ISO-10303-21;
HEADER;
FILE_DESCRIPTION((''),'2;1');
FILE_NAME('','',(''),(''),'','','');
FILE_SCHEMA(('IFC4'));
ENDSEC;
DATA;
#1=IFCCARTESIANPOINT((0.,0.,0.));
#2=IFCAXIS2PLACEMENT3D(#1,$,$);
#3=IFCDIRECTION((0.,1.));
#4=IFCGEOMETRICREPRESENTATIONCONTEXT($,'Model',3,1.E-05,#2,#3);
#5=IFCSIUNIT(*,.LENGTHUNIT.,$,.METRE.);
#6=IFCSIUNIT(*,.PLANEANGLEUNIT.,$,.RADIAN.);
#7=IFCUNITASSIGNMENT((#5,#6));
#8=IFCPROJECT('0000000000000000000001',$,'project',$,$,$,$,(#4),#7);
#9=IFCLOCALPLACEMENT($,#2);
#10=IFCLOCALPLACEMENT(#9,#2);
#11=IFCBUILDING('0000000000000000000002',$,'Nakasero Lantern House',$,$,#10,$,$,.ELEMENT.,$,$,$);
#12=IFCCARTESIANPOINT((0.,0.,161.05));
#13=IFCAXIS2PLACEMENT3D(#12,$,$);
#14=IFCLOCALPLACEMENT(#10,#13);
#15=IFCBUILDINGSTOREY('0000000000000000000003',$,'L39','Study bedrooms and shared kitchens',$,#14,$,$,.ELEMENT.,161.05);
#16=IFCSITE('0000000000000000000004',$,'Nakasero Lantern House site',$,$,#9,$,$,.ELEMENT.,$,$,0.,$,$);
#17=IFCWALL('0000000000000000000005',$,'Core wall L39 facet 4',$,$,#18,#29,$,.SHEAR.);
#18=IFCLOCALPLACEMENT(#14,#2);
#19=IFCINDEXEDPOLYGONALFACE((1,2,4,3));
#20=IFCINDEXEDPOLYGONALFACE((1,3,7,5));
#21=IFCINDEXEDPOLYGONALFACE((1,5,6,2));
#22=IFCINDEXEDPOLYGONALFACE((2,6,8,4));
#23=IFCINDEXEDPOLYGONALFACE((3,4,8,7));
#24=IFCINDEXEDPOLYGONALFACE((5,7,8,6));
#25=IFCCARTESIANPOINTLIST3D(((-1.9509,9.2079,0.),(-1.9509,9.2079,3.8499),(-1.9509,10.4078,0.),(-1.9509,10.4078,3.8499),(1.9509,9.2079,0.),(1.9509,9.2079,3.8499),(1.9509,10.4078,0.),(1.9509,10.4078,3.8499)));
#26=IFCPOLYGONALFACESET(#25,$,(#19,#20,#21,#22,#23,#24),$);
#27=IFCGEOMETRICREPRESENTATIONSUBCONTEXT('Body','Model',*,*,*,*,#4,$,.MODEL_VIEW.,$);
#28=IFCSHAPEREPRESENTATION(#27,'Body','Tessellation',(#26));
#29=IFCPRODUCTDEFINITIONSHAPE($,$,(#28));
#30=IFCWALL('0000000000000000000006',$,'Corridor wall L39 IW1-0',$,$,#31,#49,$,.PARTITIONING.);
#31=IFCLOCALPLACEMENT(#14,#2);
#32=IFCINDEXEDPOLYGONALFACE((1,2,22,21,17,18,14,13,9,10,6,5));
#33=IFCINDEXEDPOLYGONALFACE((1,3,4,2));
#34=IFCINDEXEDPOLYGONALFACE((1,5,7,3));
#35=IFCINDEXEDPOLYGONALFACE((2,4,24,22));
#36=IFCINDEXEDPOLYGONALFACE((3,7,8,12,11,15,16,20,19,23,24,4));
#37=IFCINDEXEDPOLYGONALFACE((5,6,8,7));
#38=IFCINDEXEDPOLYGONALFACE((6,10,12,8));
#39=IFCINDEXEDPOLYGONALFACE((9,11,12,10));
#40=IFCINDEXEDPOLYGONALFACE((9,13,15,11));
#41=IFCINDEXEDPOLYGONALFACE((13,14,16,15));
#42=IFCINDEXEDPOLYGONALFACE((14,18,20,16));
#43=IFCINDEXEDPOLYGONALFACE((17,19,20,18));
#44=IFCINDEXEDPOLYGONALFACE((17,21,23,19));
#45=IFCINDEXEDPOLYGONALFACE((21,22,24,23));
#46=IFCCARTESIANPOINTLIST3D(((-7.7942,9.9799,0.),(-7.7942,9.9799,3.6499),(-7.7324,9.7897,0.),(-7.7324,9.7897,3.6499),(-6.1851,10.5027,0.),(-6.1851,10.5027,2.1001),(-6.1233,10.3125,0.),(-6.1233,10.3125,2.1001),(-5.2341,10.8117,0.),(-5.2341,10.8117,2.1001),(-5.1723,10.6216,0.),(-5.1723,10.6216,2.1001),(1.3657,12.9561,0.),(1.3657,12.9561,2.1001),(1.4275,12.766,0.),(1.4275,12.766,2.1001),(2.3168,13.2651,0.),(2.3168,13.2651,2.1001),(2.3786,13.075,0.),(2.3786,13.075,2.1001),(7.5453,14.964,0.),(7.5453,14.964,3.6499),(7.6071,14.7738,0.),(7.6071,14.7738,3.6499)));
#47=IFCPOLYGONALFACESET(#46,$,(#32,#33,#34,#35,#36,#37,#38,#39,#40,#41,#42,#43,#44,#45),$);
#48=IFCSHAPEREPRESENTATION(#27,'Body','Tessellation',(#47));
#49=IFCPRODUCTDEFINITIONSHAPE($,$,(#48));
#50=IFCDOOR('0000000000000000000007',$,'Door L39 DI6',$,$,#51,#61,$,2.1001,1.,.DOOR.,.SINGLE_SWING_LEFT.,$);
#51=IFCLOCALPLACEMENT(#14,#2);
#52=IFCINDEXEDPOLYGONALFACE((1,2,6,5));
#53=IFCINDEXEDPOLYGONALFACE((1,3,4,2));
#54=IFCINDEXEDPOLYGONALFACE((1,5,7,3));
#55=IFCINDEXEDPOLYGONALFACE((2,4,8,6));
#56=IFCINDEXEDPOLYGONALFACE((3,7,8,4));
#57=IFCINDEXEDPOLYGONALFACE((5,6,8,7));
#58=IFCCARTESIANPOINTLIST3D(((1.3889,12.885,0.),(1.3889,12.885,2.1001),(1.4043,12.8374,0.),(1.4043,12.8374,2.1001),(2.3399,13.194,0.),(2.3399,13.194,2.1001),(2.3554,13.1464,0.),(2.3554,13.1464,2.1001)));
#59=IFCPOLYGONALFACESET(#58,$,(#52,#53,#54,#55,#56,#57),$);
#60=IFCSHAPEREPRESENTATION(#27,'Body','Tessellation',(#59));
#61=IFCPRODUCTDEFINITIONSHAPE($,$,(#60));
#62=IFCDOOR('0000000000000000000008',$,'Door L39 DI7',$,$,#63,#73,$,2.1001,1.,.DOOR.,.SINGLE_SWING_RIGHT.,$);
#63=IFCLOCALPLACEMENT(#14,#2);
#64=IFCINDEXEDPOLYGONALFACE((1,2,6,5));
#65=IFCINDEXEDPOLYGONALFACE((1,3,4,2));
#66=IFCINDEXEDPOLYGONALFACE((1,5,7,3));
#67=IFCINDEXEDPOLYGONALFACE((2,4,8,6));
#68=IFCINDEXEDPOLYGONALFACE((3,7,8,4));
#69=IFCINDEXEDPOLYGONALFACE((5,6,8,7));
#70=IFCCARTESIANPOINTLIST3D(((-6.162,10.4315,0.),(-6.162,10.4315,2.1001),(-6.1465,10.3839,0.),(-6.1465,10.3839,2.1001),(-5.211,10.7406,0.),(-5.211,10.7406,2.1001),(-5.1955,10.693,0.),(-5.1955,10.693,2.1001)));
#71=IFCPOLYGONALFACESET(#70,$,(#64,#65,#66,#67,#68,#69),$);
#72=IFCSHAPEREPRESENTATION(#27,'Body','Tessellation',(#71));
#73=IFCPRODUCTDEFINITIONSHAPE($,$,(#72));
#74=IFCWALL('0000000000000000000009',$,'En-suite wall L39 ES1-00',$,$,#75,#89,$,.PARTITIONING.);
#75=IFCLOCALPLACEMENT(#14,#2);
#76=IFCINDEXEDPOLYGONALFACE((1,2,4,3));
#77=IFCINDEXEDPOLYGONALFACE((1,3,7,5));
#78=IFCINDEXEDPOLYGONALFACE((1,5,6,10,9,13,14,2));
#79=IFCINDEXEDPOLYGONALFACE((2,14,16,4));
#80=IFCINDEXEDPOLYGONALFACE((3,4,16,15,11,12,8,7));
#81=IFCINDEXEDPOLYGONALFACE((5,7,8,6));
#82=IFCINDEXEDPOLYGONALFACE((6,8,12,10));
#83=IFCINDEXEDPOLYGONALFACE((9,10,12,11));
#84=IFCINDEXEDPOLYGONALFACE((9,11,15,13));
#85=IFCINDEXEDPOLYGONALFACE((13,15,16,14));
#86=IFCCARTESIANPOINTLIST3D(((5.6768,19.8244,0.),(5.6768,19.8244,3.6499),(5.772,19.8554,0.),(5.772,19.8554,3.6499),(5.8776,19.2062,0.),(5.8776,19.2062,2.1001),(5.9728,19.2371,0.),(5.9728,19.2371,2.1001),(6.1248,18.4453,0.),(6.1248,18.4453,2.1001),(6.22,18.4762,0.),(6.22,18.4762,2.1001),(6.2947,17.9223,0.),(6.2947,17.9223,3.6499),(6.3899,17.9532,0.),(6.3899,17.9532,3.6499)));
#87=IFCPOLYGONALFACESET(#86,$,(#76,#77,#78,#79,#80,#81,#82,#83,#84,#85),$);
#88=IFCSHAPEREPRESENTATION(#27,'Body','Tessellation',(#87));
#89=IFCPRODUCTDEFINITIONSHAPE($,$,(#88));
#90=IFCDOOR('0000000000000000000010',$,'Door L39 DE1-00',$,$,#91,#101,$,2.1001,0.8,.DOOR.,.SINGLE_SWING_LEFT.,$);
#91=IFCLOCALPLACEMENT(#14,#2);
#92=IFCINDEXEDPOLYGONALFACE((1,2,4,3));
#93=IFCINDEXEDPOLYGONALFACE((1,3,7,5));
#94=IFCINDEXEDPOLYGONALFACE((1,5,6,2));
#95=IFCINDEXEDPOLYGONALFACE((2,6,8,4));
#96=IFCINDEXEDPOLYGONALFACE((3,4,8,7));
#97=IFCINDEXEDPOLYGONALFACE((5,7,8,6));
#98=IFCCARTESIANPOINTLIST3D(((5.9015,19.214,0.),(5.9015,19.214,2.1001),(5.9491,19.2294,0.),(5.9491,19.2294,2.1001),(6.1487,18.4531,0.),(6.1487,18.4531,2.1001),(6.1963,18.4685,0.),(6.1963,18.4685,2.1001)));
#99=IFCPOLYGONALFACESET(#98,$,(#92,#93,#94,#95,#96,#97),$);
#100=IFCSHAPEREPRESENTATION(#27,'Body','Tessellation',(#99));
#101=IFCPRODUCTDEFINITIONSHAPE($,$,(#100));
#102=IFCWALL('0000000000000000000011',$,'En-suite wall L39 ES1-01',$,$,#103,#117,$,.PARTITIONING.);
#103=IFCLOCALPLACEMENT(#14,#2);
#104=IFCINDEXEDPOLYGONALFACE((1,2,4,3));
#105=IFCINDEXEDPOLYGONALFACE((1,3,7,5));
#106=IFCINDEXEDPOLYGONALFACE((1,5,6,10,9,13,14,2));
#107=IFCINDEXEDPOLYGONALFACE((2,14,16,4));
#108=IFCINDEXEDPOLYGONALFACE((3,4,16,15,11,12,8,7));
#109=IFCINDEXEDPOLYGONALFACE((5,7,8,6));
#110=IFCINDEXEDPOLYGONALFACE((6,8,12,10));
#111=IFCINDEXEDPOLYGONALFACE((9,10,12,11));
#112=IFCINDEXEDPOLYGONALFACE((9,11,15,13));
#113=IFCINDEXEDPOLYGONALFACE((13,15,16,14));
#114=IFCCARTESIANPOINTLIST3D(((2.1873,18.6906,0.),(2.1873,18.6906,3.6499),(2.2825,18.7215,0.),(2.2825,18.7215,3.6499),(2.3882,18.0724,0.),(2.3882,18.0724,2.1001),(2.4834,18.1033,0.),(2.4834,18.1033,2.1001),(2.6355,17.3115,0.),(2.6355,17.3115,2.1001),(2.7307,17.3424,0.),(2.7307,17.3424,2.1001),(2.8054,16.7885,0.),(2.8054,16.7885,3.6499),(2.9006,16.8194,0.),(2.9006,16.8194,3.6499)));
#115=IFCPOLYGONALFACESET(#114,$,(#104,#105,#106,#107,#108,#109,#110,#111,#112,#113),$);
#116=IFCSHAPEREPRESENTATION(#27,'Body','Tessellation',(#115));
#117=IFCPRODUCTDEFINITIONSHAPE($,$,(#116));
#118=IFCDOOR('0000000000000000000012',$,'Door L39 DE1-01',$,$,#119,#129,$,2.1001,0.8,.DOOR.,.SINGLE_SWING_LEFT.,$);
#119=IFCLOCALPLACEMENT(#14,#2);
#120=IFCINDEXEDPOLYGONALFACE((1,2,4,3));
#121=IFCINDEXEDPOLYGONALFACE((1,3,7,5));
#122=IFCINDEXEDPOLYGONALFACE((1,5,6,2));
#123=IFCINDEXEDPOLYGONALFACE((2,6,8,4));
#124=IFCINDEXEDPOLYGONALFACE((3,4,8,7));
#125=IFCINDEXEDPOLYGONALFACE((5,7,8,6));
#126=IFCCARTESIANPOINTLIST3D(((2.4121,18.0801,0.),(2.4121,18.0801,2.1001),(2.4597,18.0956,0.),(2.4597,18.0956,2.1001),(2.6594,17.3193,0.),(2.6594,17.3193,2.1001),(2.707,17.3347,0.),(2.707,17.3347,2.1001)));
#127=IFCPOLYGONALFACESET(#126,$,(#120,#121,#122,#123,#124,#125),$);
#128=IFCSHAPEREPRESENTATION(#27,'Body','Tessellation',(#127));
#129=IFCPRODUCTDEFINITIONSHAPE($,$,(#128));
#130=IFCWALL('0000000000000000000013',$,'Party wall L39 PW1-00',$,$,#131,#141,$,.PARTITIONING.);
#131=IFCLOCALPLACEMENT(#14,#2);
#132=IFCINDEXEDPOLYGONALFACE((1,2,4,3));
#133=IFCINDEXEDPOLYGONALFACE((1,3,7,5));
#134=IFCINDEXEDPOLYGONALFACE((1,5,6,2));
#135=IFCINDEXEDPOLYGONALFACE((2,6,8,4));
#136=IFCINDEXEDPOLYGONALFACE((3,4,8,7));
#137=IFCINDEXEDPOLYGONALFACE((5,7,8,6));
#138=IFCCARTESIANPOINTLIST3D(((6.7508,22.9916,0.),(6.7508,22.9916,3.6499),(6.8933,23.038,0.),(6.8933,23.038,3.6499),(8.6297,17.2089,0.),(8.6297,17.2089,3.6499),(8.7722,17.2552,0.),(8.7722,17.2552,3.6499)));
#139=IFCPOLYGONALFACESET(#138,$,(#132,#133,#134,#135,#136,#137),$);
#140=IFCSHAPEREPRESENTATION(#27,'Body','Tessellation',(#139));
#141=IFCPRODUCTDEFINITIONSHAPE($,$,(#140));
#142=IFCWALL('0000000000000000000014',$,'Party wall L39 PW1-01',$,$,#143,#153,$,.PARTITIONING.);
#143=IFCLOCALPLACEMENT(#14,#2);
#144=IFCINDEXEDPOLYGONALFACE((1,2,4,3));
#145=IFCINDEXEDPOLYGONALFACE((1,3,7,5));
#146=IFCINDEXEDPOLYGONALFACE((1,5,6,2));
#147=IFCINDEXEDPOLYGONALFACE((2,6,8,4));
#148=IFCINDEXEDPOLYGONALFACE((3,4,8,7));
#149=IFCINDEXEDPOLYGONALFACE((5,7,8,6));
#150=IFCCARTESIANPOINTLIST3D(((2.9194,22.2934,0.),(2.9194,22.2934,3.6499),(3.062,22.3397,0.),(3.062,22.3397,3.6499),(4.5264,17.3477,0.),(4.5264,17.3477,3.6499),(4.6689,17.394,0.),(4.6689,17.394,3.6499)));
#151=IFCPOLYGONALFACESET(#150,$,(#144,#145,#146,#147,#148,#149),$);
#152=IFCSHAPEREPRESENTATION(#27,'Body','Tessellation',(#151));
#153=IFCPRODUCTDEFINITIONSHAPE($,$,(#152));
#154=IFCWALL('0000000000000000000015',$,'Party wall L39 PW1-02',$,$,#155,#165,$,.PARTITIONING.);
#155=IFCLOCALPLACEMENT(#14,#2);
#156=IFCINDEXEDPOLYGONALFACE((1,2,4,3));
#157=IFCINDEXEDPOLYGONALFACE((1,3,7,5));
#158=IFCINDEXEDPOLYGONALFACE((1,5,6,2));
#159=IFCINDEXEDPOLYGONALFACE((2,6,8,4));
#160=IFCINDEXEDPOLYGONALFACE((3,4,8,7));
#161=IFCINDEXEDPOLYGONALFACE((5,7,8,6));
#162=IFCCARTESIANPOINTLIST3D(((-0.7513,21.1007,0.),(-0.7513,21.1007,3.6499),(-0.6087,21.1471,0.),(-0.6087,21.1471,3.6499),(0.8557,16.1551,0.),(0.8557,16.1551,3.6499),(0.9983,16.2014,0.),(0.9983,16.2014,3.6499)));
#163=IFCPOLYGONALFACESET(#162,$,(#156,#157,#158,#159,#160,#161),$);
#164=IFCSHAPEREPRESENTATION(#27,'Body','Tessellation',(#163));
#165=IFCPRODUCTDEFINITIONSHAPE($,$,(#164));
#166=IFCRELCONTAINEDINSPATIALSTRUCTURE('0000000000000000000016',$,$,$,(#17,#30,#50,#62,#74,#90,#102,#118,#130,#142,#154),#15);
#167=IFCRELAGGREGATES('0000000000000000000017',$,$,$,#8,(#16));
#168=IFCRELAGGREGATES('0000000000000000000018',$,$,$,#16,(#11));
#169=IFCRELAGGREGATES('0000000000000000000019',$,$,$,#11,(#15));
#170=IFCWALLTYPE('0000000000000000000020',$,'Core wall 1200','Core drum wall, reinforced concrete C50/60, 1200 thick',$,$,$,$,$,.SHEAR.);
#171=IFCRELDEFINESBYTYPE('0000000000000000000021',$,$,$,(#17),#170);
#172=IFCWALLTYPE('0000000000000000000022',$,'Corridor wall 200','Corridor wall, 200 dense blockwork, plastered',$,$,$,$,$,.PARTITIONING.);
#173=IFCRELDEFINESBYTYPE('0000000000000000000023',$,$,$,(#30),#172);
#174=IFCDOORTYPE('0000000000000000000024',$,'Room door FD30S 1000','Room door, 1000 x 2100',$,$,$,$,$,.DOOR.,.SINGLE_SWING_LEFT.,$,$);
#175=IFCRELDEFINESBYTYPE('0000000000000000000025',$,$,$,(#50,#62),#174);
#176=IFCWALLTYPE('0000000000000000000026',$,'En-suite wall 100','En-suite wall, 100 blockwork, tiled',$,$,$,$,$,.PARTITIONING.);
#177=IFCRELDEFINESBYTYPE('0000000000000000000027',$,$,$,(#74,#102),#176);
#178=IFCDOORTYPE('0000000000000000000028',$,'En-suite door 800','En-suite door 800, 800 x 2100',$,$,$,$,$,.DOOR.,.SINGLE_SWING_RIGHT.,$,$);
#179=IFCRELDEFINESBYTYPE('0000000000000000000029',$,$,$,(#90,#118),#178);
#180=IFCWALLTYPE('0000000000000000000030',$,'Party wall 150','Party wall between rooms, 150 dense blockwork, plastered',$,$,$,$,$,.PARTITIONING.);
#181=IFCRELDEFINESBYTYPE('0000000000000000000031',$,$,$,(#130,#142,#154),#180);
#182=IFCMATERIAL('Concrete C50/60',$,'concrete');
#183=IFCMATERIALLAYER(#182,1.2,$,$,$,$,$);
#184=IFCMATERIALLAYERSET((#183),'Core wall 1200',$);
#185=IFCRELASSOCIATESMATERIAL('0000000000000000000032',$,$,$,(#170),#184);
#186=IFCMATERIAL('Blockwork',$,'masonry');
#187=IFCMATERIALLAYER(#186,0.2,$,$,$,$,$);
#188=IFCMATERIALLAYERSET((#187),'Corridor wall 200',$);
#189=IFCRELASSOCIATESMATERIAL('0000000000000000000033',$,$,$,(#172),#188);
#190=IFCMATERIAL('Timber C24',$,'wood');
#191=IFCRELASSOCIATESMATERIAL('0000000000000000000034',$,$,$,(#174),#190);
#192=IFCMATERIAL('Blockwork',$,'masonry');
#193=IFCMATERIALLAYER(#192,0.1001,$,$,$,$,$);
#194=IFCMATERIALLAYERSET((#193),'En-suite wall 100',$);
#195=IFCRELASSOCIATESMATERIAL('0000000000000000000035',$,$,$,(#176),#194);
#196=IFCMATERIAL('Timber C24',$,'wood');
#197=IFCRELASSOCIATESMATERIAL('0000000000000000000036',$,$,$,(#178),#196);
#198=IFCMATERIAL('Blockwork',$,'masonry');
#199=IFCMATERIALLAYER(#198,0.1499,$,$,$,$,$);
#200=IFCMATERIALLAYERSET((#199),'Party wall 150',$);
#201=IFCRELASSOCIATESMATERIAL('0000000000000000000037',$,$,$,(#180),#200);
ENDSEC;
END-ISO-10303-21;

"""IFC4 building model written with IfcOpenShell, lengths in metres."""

from ifc_helpers import new_model, si_unit, direction, frame, frame_2d, origin, place, context, subcontext, project, spatial, rectangle, extrude, material, layer, layer_set, type_object, element, fill, save


model = new_model("IFC4")

# Units and contexts
model_context = context("Model", 3, precision=1e-05, world=origin(), true_north=direction((0.0, 1.0)))
body_context = subcontext(model_context, "Body", "Model", "MODEL_VIEW")
ifc_project = project(units=[si_unit("LENGTHUNIT", "METRE"), si_unit("PLANEANGLEUNIT", "RADIAN")], contexts=[model_context])

# Site, building, storey
site_placement = place(None, origin())
site = spatial("IfcSite", under=ifc_project, at=site_placement, Name="Nakasero Lantern House site", CompositionType="ELEMENT", RefElevation=0.0)
building_placement = place(site_placement, origin())
building = spatial("IfcBuilding", under=site, at=building_placement, Name="Nakasero Lantern House", CompositionType="ELEMENT")
storey_placement = place(building_placement, frame((0.0, 0.0, 161.05)))
storey = spatial("IfcBuildingStorey", under=building, at=storey_placement, Name="L39", Description="Study bedrooms and shared kitchens", CompositionType="ELEMENT", Elevation=161.05)

# Wall
ifc_material_1 = material(Name="Concrete C50/60", Category="concrete")
ifc_layer_1 = layer(ifc_material_1, 1.2)
ifc_layer_set_1 = layer_set([ifc_layer_1], Name="Core wall 1200")
wall_type_1 = type_object("IfcWallType", Name="Core wall 1200", Description="Core drum wall, reinforced concrete C50/60, 1200 thick", PredefinedType="SHEAR", material=ifc_layer_set_1)
wall_1_placement = place(storey_placement, frame((1.9509, 9.8079, 0.0), z_axis=(0.0, 0.0, 1.0), x_axis=(-1.0, 0.0, 0.0)))
element("IfcWall", 1, at=wall_1_placement, inside=storey, type_object=wall_type_1, Name="Core wall L39 facet 4", PredefinedType="SHEAR", context=body_context, shape_type="SweptSolid", body=[
    extrude(rectangle(XDim=3.9019, YDim=1.2, at=frame_2d((1.9509, 0.0))), origin(), (0.0, 0.0, 1.0), 3.8499),
])

# Wall, openings, doors
ifc_material_2 = material(Name="Blockwork", Category="masonry")
ifc_layer_2 = layer(ifc_material_2, 0.2)
ifc_layer_set_2 = layer_set([ifc_layer_2], Name="Corridor wall 200")
wall_type_2 = type_object("IfcWallType", Name="Corridor wall 200", Description="Corridor wall, 200 dense blockwork, plastered", PredefinedType="PARTITIONING", material=ifc_layer_set_2)
wall_2_placement = place(storey_placement, frame((7.5762, 14.8689, 0.0), z_axis=(0.0, 0.0, 1.0), x_axis=(-0.951057, -0.309017, 0.0)))
wall_2 = element("IfcWall", 2, at=wall_2_placement, inside=storey, type_object=wall_type_2, Name="Corridor wall L39 IW1-0", PredefinedType="PARTITIONING", context=body_context, shape_type="SweptSolid", body=[
    extrude(rectangle(XDim=16.1289, YDim=0.2, at=frame_2d((8.0645, 0.0))), origin(), (0.0, 0.0, 1.0), 3.6499),
])
opening_1_placement = place(wall_2_placement, frame((5.4976, 0.0, 0.0)))
opening_1 = element("IfcOpeningElement", 3, at=opening_1_placement, cuts=wall_2, PredefinedType="OPENING", context=body_context, shape_type="SweptSolid", body=[
    extrude(rectangle(XDim=1.0, YDim=2.1001, at=frame_2d((0.5, 1.05))), frame((0.0, 0.1199, 0.0), z_axis=(0.0, -1.0, 0.0), x_axis=(1.0, 0.0, 0.0)), (0.0, 0.0, 1.0), 0.24),
])
opening_2_placement = place(wall_2_placement, frame((13.437, 0.0, 0.0)))
opening_2 = element("IfcOpeningElement", 4, at=opening_2_placement, cuts=wall_2, PredefinedType="OPENING", context=body_context, shape_type="SweptSolid", body=[
    extrude(rectangle(XDim=1.0, YDim=2.1001, at=frame_2d((0.5, 1.05))), frame((0.0, 0.1199, 0.0), z_axis=(0.0, -1.0, 0.0), x_axis=(1.0, 0.0, 0.0)), (0.0, 0.0, 1.0), 0.24),
])
ifc_material_3 = material(Name="Timber C24", Category="wood")
door_type_1 = type_object("IfcDoorType", Name="Room door FD30S 1000", Description="Room door, 1000 x 2100", OperationType="SINGLE_SWING_LEFT", PredefinedType="DOOR", material=ifc_material_3)
door_1_placement = place(opening_1_placement, origin())
door_1 = element("IfcDoor", 5, at=door_1_placement, inside=storey, type_object=door_type_1, Name="Door L39 DI6", OperationType="SINGLE_SWING_LEFT", OverallHeight=2.1001, OverallWidth=1.0, PredefinedType="DOOR", context=body_context, shape_type="SweptSolid", body=[
    extrude(rectangle(XDim=1.0, YDim=2.1001, at=frame_2d((0.5, 1.05))), frame((0.0, 0.0249, 0.0), z_axis=(0.0, -1.0, 0.0), x_axis=(1.0, 0.0, 0.0)), (0.0, 0.0, 1.0), 0.05),
])
fill(opening_1, door_1)
door_2_placement = place(opening_2_placement, origin())
door_2 = element("IfcDoor", 6, at=door_2_placement, inside=storey, type_object=door_type_1, Name="Door L39 DI7", OperationType="SINGLE_SWING_RIGHT", OverallHeight=2.1001, OverallWidth=1.0, PredefinedType="DOOR", context=body_context, shape_type="SweptSolid", body=[
    extrude(rectangle(XDim=1.0, YDim=2.1001, at=frame_2d((0.5, 1.05))), frame((0.0, 0.0249, 0.0), z_axis=(0.0, -1.0, 0.0), x_axis=(1.0, 0.0, 0.0)), (0.0, 0.0, 1.0), 0.05),
])
fill(opening_2, door_2)

# Walls, openings, doors
ifc_material_4 = material(Name="Blockwork", Category="masonry")
ifc_layer_3 = layer(ifc_material_4, 0.1001)
ifc_layer_set_3 = layer_set([ifc_layer_3], Name="En-suite wall 100")
wall_type_3 = type_object("IfcWallType", Name="En-suite wall 100", Description="En-suite wall, 100 blockwork, tiled", PredefinedType="PARTITIONING", material=ifc_layer_set_3)
wall_3_placement = place(storey_placement, frame((6.3423, 17.9377, 0.0), z_axis=(0.0, 0.0, 1.0), x_axis=(-0.308967, 0.951073, 0.0)))
wall_3 = element("IfcWall", 7, at=wall_3_placement, inside=storey, type_object=wall_type_3, Name="En-suite wall L39 ES1-00", PredefinedType="PARTITIONING", context=body_context, shape_type="SweptSolid", body=[
    extrude(rectangle(XDim=2.0, YDim=0.1001, at=frame_2d((1.0, 0.0))), origin(), (0.0, 0.0, 1.0), 3.6499),
])
opening_3_placement = place(wall_3_placement, frame((0.55, 0.0, 0.0)))
opening_3 = element("IfcOpeningElement", 8, at=opening_3_placement, cuts=wall_3, PredefinedType="OPENING", context=body_context, shape_type="SweptSolid", body=[
    extrude(rectangle(XDim=0.8, YDim=2.1001, at=frame_2d((0.3999, 1.05))), frame((0.0, 0.0701, 0.0), z_axis=(0.0, -1.0, 0.0), x_axis=(1.0, 0.0, 0.0)), (0.0, 0.0, 1.0), 0.1401),
])
ifc_material_5 = material(Name="Timber C24", Category="wood")
door_type_2 = type_object("IfcDoorType", Name="En-suite door 800", Description="En-suite door 800, 800 x 2100", OperationType="SINGLE_SWING_RIGHT", PredefinedType="DOOR", material=ifc_material_5)
door_3_placement = place(opening_3_placement, origin())
door_3 = element("IfcDoor", 9, at=door_3_placement, inside=storey, type_object=door_type_2, Name="Door L39 DE1-00", OperationType="SINGLE_SWING_LEFT", OverallHeight=2.1001, OverallWidth=0.8, PredefinedType="DOOR", context=body_context, shape_type="SweptSolid", body=[
    extrude(rectangle(XDim=0.8, YDim=2.1001, at=frame_2d((0.3999, 1.05))), frame((0.0, 0.0249, 0.0), z_axis=(0.0, -1.0, 0.0), x_axis=(1.0, 0.0, 0.0)), (0.0, 0.0, 1.0), 0.05),
])
fill(opening_3, door_3)
wall_4_placement = place(storey_placement, frame((2.853, 16.804, 0.0), z_axis=(0.0, 0.0, 1.0), x_axis=(-0.309078, 0.951037, 0.0)))
wall_4 = element("IfcWall", 10, at=wall_4_placement, inside=storey, type_object=wall_type_3, Name="En-suite wall L39 ES1-01", PredefinedType="PARTITIONING", context=body_context, shape_type="SweptSolid", body=[
    extrude(rectangle(XDim=2.0, YDim=0.1001, at=frame_2d((1.0, 0.0))), origin(), (0.0, 0.0, 1.0), 3.6499),
])
opening_4_placement = place(wall_4_placement, frame((0.55, 0.0, 0.0)))
opening_4 = element("IfcOpeningElement", 11, at=opening_4_placement, cuts=wall_4, PredefinedType="OPENING", context=body_context, shape_type="SweptSolid", body=[
    extrude(rectangle(XDim=0.8, YDim=2.1001, at=frame_2d((0.3999, 1.05))), frame((0.0, 0.0701, 0.0), z_axis=(0.0, -1.0, 0.0), x_axis=(1.0, 0.0, 0.0)), (0.0, 0.0, 1.0), 0.1401),
])
door_4_placement = place(opening_4_placement, origin())
door_4 = element("IfcDoor", 12, at=door_4_placement, inside=storey, type_object=door_type_2, Name="Door L39 DE1-01", OperationType="SINGLE_SWING_LEFT", OverallHeight=2.1001, OverallWidth=0.8, PredefinedType="DOOR", context=body_context, shape_type="SweptSolid", body=[
    extrude(rectangle(XDim=0.8, YDim=2.1001, at=frame_2d((0.3999, 1.05))), frame((0.0, 0.0249, 0.0), z_axis=(0.0, -1.0, 0.0), x_axis=(1.0, 0.0, 0.0)), (0.0, 0.0, 1.0), 0.05),
])
fill(opening_4, door_4)

# Walls
ifc_material_6 = material(Name="Blockwork", Category="masonry")
ifc_layer_4 = layer(ifc_material_6, 0.1499)
ifc_layer_set_4 = layer_set([ifc_layer_4], Name="Party wall 150")
wall_type_4 = type_object("IfcWallType", Name="Party wall 150", Description="Party wall between rooms, 150 dense blockwork, plastered", PredefinedType="PARTITIONING", material=ifc_layer_set_4)
wall_5_placement = place(storey_placement, frame((8.7009, 17.2322, 0.0), z_axis=(0.0, 0.0, 1.0), x_axis=(-0.309015, 0.951057, 0.0)))
element("IfcWall", 13, at=wall_5_placement, inside=storey, type_object=wall_type_4, Name="Party wall L39 PW1-00", PredefinedType="PARTITIONING", context=body_context, shape_type="SweptSolid", body=[
    extrude(rectangle(XDim=6.0803, YDim=0.1499, at=frame_2d((3.04, 0.0))), origin(), (0.0, 0.0, 1.0), 3.6499),
])
for number, where, z_axis, x_axis, name in (
    (14, (4.5977, 17.3708, 0.0), (0.0, 0.0, 1.0), (-0.309021, 0.951055, 0.0), "Party wall L39 PW1-01"),
    (15, (0.927, 16.1782, 0.0), (0.0, 0.0, 1.0), (-0.309021, 0.951055, 0.0), "Party wall L39 PW1-02"),
):
    element("IfcWall", number, at=place(storey_placement, frame(where, z_axis=z_axis, x_axis=x_axis)), inside=storey, type_object=wall_type_4, Name=name, PredefinedType="PARTITIONING", context=body_context, shape_type="SweptSolid", body=[
        extrude(rectangle(XDim=5.2002, YDim=0.1499, at=frame_2d((2.6001, 0.0))), origin(), (0.0, 0.0, 1.0), 3.6499),
    ])

save(model, "model.ifc")
